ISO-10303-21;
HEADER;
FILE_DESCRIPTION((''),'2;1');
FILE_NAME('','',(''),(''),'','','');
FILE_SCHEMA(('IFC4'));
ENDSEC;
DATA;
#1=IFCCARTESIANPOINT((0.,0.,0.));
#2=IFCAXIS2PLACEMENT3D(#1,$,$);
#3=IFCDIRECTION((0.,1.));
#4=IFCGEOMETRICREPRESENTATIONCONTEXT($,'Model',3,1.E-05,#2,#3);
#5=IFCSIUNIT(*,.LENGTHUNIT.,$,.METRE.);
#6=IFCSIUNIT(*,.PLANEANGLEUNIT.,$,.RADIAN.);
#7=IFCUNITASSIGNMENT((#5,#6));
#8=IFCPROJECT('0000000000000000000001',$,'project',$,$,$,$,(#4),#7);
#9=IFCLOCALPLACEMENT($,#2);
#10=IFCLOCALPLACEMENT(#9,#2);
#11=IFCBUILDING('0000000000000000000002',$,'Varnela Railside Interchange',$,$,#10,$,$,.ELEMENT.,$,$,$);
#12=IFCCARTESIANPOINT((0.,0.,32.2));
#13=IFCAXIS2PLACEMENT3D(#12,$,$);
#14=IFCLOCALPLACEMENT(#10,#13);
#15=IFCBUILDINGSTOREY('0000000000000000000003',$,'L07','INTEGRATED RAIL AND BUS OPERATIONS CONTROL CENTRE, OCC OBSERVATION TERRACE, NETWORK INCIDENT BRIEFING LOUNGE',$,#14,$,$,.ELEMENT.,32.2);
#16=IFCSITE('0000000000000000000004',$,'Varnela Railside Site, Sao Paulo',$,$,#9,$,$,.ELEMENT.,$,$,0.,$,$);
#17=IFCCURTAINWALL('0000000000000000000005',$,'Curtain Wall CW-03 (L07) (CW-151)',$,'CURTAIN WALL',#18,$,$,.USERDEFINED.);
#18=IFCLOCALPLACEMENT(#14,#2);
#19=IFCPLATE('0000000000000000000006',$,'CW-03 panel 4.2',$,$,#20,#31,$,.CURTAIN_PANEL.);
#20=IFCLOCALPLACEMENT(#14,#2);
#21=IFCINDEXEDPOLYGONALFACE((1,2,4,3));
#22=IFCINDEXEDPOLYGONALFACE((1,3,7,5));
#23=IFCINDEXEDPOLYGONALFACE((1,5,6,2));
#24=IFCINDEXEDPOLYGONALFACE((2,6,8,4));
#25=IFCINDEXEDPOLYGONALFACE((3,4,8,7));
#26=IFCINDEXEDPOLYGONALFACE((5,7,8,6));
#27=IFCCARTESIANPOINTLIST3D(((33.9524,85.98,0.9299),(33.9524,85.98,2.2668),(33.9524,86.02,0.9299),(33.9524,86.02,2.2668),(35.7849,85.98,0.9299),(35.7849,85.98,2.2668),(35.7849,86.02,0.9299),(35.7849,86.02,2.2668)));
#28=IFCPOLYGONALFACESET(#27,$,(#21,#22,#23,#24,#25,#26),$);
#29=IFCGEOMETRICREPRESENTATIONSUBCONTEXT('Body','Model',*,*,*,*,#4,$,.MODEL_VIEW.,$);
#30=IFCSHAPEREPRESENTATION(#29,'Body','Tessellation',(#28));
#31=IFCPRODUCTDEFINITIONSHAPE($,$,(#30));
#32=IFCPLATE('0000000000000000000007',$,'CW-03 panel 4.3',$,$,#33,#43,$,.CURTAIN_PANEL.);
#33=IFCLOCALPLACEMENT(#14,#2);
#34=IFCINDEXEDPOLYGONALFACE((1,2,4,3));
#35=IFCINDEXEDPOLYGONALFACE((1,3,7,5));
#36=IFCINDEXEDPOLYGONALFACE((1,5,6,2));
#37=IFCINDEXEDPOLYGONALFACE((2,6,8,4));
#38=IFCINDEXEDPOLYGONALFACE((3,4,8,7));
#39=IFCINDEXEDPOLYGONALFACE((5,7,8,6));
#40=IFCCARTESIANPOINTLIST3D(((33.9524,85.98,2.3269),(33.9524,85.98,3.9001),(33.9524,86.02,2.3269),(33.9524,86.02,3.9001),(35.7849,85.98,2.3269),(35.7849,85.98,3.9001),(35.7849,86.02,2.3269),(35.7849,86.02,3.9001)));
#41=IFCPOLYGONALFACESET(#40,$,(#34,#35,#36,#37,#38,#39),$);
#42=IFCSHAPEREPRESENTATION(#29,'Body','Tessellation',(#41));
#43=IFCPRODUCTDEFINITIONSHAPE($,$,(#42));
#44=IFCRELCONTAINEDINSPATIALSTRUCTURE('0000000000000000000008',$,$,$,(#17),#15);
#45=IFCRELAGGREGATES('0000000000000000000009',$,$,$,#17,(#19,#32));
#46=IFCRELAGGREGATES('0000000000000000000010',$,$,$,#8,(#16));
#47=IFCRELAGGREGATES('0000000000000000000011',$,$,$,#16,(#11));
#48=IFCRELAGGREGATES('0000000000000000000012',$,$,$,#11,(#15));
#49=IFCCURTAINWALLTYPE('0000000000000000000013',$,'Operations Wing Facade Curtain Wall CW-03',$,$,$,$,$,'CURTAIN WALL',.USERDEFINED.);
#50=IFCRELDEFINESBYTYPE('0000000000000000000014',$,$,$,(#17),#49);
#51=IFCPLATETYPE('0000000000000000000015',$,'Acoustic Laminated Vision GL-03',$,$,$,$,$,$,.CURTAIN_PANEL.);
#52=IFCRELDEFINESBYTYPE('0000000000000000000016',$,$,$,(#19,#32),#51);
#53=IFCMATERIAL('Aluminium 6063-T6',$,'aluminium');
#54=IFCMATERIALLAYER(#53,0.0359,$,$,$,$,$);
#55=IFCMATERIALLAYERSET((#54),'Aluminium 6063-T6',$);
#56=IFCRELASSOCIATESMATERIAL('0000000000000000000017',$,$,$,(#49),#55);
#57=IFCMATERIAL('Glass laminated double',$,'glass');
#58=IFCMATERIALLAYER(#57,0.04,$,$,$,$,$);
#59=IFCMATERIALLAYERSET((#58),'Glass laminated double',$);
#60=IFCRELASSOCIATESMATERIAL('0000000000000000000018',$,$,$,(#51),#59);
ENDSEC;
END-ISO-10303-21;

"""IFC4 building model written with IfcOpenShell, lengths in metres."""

from ifc_helpers import new_model, si_unit, direction, frame, origin, origin_2d, place, context, subcontext, project, spatial, rectangle, extrude, material, layer, layer_set, type_object, element, aggregate, save


model = new_model("IFC4")

# Units and contexts
model_context = context("Model", 3, precision=1e-05, world=origin(), true_north=direction((0.0, 1.0)))
body_context = subcontext(model_context, "Body", "Model", "MODEL_VIEW")
ifc_project = project(units=[si_unit("LENGTHUNIT", "METRE"), si_unit("PLANEANGLEUNIT", "RADIAN")], contexts=[model_context])

# Site, building, storey
site_placement = place(None, origin())
site = spatial("IfcSite", under=ifc_project, at=site_placement, Name="Varnela Railside Site, Sao Paulo", CompositionType="ELEMENT", RefElevation=0.0)
building_placement = place(site_placement, origin())
building = spatial("IfcBuilding", under=site, at=building_placement, Name="Varnela Railside Interchange", CompositionType="ELEMENT")
storey_placement = place(building_placement, frame((0.0, 0.0, 32.2)))
storey = spatial("IfcBuildingStorey", under=building, at=storey_placement, Name="L07", Description="INTEGRATED RAIL AND BUS OPERATIONS CONTROL CENTRE, OCC OBSERVATION TERRACE, NETWORK INCIDENT BRIEFING LOUNGE", CompositionType="ELEMENT", Elevation=32.2)

# Curtain wall
ifc_material_1 = material(Name="Aluminium 6063-T6", Category="aluminium")
ifc_layer_1 = layer(ifc_material_1, 0.0359)
ifc_layer_set_1 = layer_set([ifc_layer_1], Name="Aluminium 6063-T6")
curtain_wall_type = type_object("IfcCurtainWallType", Name="Operations Wing Facade Curtain Wall CW-03", ElementType="CURTAIN WALL", PredefinedType="USERDEFINED", material=ifc_layer_set_1)
curtain_wall_1_placement = place(storey_placement, origin())
curtain_wall_1 = element("IfcCurtainWall", 1, at=curtain_wall_1_placement, inside=storey, type_object=curtain_wall_type, Name="Curtain Wall CW-03 (L07) (CW-151)", ObjectType="CURTAIN WALL", PredefinedType="USERDEFINED")

# Plates
ifc_material_2 = material(Name="Glass laminated double", Category="glass")
ifc_layer_2 = layer(ifc_material_2, 0.04)
ifc_layer_set_2 = layer_set([ifc_layer_2], Name="Glass laminated double")
plate_type = type_object("IfcPlateType", Name="Acoustic Laminated Vision GL-03", PredefinedType="CURTAIN_PANEL", material=ifc_layer_set_2)
plate_1_placement = place(storey_placement, frame((34.8687, 86.0, 0.9299), z_axis=(0.0, 0.0, 1.0), x_axis=(1.0, 0.0, 0.0)))
plate_1 = element("IfcPlate", 2, at=plate_1_placement, type_object=plate_type, Name="CW-03 panel 4.2", PredefinedType="CURTAIN_PANEL", context=body_context, shape_type="SweptSolid", body=[
    extrude(rectangle(XDim=1.8325, YDim=0.04, at=origin_2d()), origin(), (0.0, 0.0, 1.0), 1.3369),
])
plate_2_placement = place(storey_placement, frame((34.8687, 86.0, 2.3269), z_axis=(0.0, 0.0, 1.0), x_axis=(1.0, 0.0, 0.0)))
plate_2 = element("IfcPlate", 3, at=plate_2_placement, type_object=plate_type, Name="CW-03 panel 4.3", PredefinedType="CURTAIN_PANEL", context=body_context, shape_type="SweptSolid", body=[
    extrude(rectangle(XDim=1.8325, YDim=0.04, at=origin_2d()), origin(), (0.0, 0.0, 1.0), 1.5732),
])
aggregate(curtain_wall_1, [plate_1, plate_2])

save(model, "model.ifc")
